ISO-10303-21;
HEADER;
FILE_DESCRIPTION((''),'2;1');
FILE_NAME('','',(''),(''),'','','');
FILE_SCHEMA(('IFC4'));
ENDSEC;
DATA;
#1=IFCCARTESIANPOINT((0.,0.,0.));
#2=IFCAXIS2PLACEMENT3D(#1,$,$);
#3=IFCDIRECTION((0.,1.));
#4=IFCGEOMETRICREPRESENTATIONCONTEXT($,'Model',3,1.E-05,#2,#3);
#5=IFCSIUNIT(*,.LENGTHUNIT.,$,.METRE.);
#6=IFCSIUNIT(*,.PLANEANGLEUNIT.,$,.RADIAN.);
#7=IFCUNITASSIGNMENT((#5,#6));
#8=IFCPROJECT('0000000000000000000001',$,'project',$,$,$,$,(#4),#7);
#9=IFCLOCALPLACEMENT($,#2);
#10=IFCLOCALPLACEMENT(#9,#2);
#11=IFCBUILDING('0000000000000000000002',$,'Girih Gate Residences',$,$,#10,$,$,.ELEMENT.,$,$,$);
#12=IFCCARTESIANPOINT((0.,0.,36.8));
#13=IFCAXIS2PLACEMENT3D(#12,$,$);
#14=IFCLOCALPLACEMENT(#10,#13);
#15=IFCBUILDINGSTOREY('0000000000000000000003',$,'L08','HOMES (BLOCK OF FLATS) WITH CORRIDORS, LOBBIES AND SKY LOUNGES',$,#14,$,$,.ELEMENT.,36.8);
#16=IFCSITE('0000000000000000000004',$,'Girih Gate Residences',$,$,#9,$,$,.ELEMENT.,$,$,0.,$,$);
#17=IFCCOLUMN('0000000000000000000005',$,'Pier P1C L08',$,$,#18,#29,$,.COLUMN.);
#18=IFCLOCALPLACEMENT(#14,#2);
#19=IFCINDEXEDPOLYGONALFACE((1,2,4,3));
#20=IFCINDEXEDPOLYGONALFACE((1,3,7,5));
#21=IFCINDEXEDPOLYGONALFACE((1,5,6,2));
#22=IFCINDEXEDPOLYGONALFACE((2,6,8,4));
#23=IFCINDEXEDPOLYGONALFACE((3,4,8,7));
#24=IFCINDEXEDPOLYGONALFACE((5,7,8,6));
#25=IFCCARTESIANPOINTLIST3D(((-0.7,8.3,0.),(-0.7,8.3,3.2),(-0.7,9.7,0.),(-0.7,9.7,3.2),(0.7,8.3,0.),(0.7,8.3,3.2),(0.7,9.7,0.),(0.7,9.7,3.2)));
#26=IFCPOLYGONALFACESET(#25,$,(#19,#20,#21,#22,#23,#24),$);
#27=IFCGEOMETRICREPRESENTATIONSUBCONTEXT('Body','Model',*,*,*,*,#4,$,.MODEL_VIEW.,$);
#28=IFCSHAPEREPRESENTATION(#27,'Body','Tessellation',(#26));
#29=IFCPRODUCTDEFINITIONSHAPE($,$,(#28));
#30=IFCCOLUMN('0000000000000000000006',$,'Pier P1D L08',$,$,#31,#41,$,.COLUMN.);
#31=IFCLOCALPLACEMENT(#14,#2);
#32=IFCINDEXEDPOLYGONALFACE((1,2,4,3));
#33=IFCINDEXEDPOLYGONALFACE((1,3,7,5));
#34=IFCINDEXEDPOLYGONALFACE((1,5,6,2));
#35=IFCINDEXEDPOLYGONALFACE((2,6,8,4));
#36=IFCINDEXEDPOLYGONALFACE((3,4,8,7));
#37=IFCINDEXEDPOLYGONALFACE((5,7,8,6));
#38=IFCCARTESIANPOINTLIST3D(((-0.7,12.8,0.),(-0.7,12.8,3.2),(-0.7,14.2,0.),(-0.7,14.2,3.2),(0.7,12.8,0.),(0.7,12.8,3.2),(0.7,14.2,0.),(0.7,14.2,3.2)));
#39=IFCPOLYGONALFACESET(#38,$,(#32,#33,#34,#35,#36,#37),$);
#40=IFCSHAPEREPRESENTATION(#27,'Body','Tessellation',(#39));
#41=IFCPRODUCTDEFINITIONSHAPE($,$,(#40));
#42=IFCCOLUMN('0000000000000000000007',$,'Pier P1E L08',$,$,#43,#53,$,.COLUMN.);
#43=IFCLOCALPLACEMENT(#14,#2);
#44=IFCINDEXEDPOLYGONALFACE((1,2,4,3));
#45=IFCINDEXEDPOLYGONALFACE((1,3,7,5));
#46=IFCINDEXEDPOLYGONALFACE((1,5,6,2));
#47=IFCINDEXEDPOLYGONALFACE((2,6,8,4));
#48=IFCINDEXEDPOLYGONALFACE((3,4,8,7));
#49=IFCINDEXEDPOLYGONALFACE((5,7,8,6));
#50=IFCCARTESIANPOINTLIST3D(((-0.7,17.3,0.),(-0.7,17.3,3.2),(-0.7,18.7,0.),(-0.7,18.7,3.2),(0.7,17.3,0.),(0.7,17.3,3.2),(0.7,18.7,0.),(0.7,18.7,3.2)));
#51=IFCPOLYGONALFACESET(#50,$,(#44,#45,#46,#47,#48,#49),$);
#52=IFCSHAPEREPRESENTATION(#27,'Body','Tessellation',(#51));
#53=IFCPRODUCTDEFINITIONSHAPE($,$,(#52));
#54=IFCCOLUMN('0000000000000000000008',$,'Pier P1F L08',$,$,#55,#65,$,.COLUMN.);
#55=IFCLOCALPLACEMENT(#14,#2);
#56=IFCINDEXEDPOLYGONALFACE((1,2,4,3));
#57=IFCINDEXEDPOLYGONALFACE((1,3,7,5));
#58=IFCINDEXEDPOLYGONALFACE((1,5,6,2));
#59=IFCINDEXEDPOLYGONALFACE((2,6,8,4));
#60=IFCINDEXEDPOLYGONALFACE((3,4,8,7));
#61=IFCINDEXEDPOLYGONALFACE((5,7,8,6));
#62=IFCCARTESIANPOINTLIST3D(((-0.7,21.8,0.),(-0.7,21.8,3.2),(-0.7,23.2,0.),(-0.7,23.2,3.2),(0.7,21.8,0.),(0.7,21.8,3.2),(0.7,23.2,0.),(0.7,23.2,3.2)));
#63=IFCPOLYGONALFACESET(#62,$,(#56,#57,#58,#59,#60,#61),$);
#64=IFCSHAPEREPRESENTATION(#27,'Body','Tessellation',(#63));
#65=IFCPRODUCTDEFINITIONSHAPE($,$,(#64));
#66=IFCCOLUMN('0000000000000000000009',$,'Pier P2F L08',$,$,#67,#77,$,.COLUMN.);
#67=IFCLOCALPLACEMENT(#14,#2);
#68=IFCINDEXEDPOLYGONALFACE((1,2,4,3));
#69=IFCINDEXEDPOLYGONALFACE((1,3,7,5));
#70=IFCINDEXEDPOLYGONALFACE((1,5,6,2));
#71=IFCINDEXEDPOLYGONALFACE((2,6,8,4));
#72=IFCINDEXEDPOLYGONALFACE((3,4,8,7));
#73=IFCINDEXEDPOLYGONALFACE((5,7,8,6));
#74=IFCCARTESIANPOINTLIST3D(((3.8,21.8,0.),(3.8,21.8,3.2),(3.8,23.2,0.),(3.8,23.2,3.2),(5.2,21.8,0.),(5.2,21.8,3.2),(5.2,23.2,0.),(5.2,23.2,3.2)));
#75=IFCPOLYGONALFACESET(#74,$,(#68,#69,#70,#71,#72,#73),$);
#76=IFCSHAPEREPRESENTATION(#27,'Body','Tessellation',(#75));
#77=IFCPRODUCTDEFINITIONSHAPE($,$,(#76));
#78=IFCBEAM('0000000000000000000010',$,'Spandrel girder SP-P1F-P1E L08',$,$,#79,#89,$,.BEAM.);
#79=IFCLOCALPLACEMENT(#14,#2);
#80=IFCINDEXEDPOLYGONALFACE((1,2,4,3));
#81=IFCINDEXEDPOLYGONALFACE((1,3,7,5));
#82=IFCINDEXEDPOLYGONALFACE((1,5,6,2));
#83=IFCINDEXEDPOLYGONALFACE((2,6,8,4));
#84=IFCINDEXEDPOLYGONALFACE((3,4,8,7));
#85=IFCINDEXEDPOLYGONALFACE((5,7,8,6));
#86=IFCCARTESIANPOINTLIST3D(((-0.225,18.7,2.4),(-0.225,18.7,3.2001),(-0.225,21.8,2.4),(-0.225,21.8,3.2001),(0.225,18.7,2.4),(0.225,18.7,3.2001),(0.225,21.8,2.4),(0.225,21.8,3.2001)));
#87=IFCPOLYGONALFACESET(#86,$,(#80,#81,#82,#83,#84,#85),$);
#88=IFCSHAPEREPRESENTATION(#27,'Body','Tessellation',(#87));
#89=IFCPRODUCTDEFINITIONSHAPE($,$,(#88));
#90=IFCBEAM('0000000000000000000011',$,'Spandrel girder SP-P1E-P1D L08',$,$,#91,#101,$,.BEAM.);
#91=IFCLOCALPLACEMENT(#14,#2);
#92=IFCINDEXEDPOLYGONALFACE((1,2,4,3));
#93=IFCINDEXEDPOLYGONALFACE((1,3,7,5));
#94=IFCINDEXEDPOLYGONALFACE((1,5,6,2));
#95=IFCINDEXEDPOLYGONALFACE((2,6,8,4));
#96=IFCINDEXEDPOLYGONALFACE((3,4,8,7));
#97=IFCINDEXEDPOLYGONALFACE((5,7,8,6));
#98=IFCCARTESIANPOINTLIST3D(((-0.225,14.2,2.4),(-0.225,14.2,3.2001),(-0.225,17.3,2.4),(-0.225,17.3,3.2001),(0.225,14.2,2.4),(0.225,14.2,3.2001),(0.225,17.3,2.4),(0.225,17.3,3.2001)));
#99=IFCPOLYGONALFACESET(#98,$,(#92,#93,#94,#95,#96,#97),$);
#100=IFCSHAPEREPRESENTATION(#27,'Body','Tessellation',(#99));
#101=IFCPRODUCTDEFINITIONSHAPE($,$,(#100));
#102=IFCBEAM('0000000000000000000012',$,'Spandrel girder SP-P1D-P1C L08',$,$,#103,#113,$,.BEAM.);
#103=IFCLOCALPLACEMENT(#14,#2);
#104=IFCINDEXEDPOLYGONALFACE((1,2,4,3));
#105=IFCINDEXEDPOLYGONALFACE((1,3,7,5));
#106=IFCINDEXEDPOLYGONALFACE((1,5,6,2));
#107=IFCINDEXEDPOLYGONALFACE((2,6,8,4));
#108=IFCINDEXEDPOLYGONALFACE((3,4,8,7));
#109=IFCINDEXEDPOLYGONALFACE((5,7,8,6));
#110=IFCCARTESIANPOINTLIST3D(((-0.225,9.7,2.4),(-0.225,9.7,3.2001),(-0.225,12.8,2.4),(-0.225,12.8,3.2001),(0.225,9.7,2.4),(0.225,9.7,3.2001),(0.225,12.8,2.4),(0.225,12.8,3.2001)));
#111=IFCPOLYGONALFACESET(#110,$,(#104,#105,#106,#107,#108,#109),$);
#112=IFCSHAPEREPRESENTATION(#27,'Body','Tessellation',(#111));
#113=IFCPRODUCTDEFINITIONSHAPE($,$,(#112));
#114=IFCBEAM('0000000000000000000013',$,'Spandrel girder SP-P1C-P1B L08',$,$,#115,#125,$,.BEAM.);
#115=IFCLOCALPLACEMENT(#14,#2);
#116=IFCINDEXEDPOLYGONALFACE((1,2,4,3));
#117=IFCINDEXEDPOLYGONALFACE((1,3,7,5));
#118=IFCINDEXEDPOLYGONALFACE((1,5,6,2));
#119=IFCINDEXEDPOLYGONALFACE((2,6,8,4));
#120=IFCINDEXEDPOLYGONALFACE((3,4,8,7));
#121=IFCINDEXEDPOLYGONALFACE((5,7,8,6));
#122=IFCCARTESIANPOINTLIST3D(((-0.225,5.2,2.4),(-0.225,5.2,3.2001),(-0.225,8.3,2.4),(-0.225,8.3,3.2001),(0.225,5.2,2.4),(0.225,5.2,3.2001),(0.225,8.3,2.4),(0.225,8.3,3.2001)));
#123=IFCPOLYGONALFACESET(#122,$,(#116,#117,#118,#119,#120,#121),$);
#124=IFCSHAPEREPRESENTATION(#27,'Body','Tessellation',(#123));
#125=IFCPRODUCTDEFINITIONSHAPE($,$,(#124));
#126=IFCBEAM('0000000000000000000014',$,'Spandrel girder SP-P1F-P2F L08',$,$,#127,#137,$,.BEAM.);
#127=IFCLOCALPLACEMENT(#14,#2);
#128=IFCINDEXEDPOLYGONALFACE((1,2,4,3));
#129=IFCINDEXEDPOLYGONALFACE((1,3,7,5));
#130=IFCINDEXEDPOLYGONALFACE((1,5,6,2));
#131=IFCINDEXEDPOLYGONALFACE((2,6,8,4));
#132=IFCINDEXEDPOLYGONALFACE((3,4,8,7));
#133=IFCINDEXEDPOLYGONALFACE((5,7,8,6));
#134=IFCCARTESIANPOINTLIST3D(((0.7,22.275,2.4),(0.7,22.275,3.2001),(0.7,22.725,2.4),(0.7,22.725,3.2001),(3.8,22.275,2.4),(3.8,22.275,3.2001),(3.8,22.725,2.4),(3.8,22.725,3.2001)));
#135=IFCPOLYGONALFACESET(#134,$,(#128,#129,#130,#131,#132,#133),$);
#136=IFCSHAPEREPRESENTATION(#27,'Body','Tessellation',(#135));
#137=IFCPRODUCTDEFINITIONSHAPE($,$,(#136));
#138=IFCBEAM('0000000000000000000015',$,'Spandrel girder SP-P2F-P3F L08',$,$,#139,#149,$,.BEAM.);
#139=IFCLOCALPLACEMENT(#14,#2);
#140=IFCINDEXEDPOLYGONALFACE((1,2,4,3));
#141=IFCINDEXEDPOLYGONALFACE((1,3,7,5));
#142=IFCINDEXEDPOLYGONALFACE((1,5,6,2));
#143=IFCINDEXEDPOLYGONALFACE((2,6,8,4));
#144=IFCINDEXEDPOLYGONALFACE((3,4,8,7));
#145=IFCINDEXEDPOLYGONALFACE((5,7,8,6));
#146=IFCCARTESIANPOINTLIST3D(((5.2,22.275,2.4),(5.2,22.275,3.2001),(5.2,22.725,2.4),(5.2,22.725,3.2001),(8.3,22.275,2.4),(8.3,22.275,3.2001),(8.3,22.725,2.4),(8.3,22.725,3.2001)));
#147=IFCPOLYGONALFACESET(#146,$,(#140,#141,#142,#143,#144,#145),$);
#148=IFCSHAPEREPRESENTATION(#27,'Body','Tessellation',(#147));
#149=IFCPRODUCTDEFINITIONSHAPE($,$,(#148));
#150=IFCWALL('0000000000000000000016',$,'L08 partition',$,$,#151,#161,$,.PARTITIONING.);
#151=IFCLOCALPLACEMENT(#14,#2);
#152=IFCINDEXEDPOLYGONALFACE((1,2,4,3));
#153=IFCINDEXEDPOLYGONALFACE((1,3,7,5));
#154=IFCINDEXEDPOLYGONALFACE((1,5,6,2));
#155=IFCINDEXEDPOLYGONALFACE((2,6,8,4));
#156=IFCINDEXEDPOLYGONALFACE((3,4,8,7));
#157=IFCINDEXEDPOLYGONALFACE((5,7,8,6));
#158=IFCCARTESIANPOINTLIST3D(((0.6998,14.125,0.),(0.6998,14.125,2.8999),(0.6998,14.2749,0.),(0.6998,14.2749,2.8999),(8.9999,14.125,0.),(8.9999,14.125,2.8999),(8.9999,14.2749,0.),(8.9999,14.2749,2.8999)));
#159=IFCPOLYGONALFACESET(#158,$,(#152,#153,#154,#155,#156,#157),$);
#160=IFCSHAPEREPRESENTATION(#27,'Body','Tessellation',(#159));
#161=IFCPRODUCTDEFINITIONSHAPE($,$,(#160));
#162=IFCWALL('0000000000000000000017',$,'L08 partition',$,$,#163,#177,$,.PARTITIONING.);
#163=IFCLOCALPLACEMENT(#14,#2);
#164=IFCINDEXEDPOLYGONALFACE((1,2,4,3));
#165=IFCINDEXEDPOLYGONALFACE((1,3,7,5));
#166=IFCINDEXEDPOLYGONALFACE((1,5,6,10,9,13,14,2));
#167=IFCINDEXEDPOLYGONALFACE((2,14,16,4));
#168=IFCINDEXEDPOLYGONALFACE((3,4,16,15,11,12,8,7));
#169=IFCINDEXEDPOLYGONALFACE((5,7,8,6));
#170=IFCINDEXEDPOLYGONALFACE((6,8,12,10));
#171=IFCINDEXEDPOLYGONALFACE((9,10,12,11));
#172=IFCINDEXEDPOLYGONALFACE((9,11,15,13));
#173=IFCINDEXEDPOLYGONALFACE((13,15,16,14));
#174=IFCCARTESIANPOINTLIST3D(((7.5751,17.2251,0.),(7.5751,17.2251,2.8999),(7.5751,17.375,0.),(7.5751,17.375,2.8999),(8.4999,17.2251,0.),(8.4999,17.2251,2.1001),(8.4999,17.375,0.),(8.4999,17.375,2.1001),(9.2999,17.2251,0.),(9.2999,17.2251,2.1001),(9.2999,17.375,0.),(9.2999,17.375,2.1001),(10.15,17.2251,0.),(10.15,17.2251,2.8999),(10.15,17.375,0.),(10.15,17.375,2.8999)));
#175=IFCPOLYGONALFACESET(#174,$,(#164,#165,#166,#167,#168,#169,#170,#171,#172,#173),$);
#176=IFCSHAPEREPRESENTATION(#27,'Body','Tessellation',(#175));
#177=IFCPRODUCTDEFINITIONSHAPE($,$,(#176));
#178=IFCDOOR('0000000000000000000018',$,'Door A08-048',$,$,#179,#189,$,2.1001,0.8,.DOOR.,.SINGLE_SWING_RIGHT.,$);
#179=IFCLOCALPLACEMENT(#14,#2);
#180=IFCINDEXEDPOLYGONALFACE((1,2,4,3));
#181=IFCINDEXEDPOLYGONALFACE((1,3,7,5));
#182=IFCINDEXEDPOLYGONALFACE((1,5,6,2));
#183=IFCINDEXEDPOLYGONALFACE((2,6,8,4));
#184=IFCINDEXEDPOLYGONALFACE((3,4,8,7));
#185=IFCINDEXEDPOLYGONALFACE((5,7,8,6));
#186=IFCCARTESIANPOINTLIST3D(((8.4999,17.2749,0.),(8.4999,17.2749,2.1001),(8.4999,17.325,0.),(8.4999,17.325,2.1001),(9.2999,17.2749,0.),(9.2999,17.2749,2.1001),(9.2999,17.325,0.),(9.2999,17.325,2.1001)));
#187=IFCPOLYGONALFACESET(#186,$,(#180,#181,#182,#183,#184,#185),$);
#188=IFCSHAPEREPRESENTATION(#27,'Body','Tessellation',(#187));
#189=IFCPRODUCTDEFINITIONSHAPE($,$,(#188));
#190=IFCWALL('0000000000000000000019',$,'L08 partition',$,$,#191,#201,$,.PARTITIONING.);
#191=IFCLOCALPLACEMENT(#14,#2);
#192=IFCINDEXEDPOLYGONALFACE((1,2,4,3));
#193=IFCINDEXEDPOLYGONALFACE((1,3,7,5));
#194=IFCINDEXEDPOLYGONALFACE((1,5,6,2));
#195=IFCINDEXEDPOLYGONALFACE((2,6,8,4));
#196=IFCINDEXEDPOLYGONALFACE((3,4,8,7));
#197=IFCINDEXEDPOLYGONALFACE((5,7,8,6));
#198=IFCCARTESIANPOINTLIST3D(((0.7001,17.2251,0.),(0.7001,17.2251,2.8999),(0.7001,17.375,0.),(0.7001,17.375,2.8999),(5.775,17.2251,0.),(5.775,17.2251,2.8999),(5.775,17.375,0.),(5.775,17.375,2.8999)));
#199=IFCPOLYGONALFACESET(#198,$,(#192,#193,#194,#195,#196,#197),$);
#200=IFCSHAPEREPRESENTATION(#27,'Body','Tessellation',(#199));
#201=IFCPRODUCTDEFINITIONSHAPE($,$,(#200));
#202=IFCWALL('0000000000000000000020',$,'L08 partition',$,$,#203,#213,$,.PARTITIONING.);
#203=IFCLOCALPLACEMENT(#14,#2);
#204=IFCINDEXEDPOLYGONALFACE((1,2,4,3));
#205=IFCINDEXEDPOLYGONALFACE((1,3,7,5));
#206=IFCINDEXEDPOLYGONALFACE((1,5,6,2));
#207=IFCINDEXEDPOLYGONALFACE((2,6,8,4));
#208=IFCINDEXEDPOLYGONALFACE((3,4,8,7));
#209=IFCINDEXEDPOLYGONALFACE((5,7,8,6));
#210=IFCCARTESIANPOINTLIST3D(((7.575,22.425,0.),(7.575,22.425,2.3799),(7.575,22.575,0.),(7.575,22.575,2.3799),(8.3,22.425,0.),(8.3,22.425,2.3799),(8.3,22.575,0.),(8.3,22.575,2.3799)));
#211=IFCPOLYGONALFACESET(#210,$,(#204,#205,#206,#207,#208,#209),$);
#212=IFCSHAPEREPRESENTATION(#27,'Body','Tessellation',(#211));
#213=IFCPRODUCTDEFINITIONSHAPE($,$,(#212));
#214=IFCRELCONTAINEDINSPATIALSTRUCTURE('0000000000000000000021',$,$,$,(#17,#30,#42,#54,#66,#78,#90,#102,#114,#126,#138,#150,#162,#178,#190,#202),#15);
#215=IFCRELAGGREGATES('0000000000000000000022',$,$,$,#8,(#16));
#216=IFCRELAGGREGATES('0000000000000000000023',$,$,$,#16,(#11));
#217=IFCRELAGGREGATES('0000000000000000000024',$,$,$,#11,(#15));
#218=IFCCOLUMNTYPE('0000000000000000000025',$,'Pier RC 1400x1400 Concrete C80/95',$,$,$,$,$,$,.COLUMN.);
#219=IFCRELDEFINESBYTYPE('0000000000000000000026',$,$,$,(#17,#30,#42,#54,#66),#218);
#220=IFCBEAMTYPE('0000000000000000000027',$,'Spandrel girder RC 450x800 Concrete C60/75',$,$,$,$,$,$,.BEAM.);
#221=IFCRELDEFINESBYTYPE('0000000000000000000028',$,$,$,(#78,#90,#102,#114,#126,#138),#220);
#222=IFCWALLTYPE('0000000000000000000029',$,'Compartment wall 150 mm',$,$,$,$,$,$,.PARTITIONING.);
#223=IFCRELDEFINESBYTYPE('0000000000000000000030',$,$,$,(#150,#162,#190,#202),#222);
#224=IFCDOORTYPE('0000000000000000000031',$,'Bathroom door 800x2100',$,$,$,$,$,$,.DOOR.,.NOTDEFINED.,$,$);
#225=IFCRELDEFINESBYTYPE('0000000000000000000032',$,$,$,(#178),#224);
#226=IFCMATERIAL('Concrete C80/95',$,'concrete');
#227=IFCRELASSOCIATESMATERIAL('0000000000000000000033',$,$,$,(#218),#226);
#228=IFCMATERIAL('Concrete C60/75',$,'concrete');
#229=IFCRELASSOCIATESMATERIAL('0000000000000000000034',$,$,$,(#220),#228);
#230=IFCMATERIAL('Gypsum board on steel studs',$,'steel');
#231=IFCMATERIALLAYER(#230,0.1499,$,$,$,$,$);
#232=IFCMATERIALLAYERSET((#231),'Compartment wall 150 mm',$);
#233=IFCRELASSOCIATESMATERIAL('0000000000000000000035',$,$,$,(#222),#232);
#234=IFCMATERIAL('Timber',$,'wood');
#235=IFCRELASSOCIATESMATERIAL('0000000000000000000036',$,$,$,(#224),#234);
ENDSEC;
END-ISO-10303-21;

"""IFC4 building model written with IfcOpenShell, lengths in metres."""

from ifc_helpers import new_model, si_unit, direction, frame, frame_2d, origin, origin_2d, place, context, subcontext, project, spatial, rectangle, extrude, material, layer, layer_set, material_profile, profile_set, type_object, element, fill, save


model = new_model("IFC4")

# Units and contexts
model_context = context("Model", 3, precision=1e-05, world=origin(), true_north=direction((0.0, 1.0)))
body_context = subcontext(model_context, "Body", "Model", "MODEL_VIEW")
ifc_project = project(units=[si_unit("LENGTHUNIT", "METRE"), si_unit("PLANEANGLEUNIT", "RADIAN")], contexts=[model_context])

# Site, building, storey
site_placement = place(None, origin())
site = spatial("IfcSite", under=ifc_project, at=site_placement, Name="Girih Gate Residences", CompositionType="ELEMENT", RefElevation=0.0)
building_placement = place(site_placement, origin())
building = spatial("IfcBuilding", under=site, at=building_placement, Name="Girih Gate Residences", CompositionType="ELEMENT")
storey_placement = place(building_placement, frame((0.0, 0.0, 36.8)))
storey = spatial("IfcBuildingStorey", under=building, at=storey_placement, Name="L08", Description="HOMES (BLOCK OF FLATS) WITH CORRIDORS, LOBBIES AND SKY LOUNGES", CompositionType="ELEMENT", Elevation=36.8)

# Columns
ifc_material_1 = material(Name="Concrete C80/95", Category="concrete")
ifc_material_profile_1 = material_profile(ifc_material_1, rectangle(XDim=1.3999, YDim=1.3999, at=origin_2d()))
ifc_profile_set_1 = profile_set([ifc_material_profile_1], Name="Concrete C80/95")
column_type = type_object("IfcColumnType", Name="Pier RC 1400x1400 Concrete C80/95", PredefinedType="COLUMN", material=ifc_profile_set_1)
for number, where, z_axis, x_axis, name in (
    (1, (0.0, 9.0, 0.0), (0.0, 0.0, 1.0), (1.0, 0.0, 0.0), "Pier P1C L08"),
    (2, (0.0, 13.5, 0.0), (0.0, 0.0, 1.0), (1.0, 0.0, 0.0), "Pier P1D L08"),
    (3, (0.0, 18.0, 0.0), (0.0, 0.0, 1.0), (1.0, 0.0, 0.0), "Pier P1E L08"),
    (4, (0.0, 22.5, 0.0), (0.0, 0.0, 1.0), (1.0, 0.0, 0.0), "Pier P1F L08"),
    (5, (4.5, 22.5, 0.0), (0.0, 0.0, 1.0), (1.0, 0.0, 0.0), "Pier P2F L08"),
):
    element("IfcColumn", number, at=place(storey_placement, frame(where, z_axis=z_axis, x_axis=x_axis)), inside=storey, type_object=column_type, Name=name, PredefinedType="COLUMN", context=body_context, shape_type="SweptSolid", body=[
        extrude(rectangle(XDim=1.3999, YDim=1.3999, at=origin_2d()), origin(), (0.0, 0.0, 1.0), 3.2),
    ])

# Beams
ifc_material_2 = material(Name="Concrete C60/75", Category="concrete")
ifc_material_profile_2 = material_profile(ifc_material_2, rectangle(XDim=0.45, YDim=0.8, at=origin_2d()))
ifc_profile_set_2 = profile_set([ifc_material_profile_2], Name="Concrete C60/75")
beam_type = type_object("IfcBeamType", Name="Spandrel girder RC 450x800 Concrete C60/75", PredefinedType="BEAM", material=ifc_profile_set_2)
for number, where, z_axis, x_axis, name in (
    (6, (0.0, 21.8, 2.8), (0.0, -1.0, 0.0), (1.0, 0.0, 0.0), "Spandrel girder SP-P1F-P1E L08"),
    (7, (0.0, 17.3, 2.8), (0.0, -1.0, 0.0), (1.0, 0.0, 0.0), "Spandrel girder SP-P1E-P1D L08"),
    (8, (0.0, 12.8, 2.8), (0.0, -1.0, 0.0), (1.0, 0.0, 0.0), "Spandrel girder SP-P1D-P1C L08"),
    (9, (0.0, 8.3, 2.8), (0.0, -1.0, 0.0), (1.0, 0.0, 0.0), "Spandrel girder SP-P1C-P1B L08"),
    (10, (0.7, 22.5, 2.8), (1.0, 0.0, 0.0), (0.0, 1.0, 0.0), "Spandrel girder SP-P1F-P2F L08"),
    (11, (5.2, 22.5, 2.8), (1.0, 0.0, 0.0), (0.0, 1.0, 0.0), "Spandrel girder SP-P2F-P3F L08"),
):
    element("IfcBeam", number, at=place(storey_placement, frame(where, z_axis=z_axis, x_axis=x_axis)), inside=storey, type_object=beam_type, Name=name, PredefinedType="BEAM", context=body_context, shape_type="SweptSolid", body=[
        extrude(rectangle(XDim=0.45, YDim=0.8, at=origin_2d()), origin(), (0.0, 0.0, 1.0), 3.1001),
    ])

# Wall
ifc_material_3 = material(Name="Gypsum board on steel studs", Category="steel")
ifc_layer_1 = layer(ifc_material_3, 0.1499)
ifc_layer_set_1 = layer_set([ifc_layer_1], Name="Compartment wall 150 mm")
wall_type_1 = type_object("IfcWallType", Name="Compartment wall 150 mm", PredefinedType="PARTITIONING", material=ifc_layer_set_1)
wall_1_placement = place(storey_placement, frame((0.7, 14.2, 0.0), z_axis=(0.0, 0.0, 1.0), x_axis=(1.0, 0.0, 0.0)))
element("IfcWall", 12, at=wall_1_placement, inside=storey, type_object=wall_type_1, Name="L08 partition", PredefinedType="PARTITIONING", context=body_context, shape_type="SweptSolid", body=[
    extrude(rectangle(XDim=8.3, YDim=0.1499, at=frame_2d((4.1499, 0.0))), origin(), (0.0, 0.0, 1.0), 2.8999),
])

# Wall, opening, door
wall_2_placement = place(storey_placement, frame((7.575, 17.3, 0.0), z_axis=(0.0, 0.0, 1.0), x_axis=(1.0, 0.0, 0.0)))
wall_2 = element("IfcWall", 13, at=wall_2_placement, inside=storey, type_object=wall_type_1, Name="L08 partition", PredefinedType="PARTITIONING", context=body_context, shape_type="SweptSolid", body=[
    extrude(rectangle(XDim=2.575, YDim=0.1499, at=frame_2d((1.2876, 0.0))), origin(), (0.0, 0.0, 1.0), 2.8999),
])
opening_1_placement = place(wall_2_placement, frame((0.925, 0.0, 0.0)))
opening_1 = element("IfcOpeningElement", 14, at=opening_1_placement, cuts=wall_2, PredefinedType="OPENING", context=body_context, shape_type="SweptSolid", body=[
    extrude(rectangle(XDim=0.8, YDim=2.1001, at=frame_2d((0.3999, 1.05))), frame((0.0, 0.085, 0.0), z_axis=(0.0, -1.0, 0.0), x_axis=(1.0, 0.0, 0.0)), (0.0, 0.0, 1.0), 0.1699),
])
ifc_material_4 = material(Name="Timber", Category="wood")
door_type_1 = type_object("IfcDoorType", Name="Bathroom door 800x2100", OperationType="NOTDEFINED", PredefinedType="DOOR", material=ifc_material_4)
door_1_placement = place(opening_1_placement, origin())
door_1 = element("IfcDoor", 15, at=door_1_placement, inside=storey, type_object=door_type_1, Name="Door A08-048", OperationType="SINGLE_SWING_RIGHT", OverallHeight=2.1001, OverallWidth=0.8, PredefinedType="DOOR", context=body_context, shape_type="SweptSolid", body=[
    extrude(rectangle(XDim=0.8, YDim=2.1001, at=frame_2d((0.3999, 1.05))), frame((0.0, 0.0249, 0.0), z_axis=(0.0, -1.0, 0.0), x_axis=(1.0, 0.0, 0.0)), (0.0, 0.0, 1.0), 0.05),
])
fill(opening_1, door_1)

# Walls
wall_3_placement = place(storey_placement, frame((0.7, 17.3, 0.0), z_axis=(0.0, 0.0, 1.0), x_axis=(1.0, 0.0, 0.0)))
element("IfcWall", 16, at=wall_3_placement, inside=storey, type_object=wall_type_1, Name="L08 partition", PredefinedType="PARTITIONING", context=body_context, shape_type="SweptSolid", body=[
    extrude(rectangle(XDim=5.075, YDim=0.1499, at=frame_2d((2.5376, 0.0))), origin(), (0.0, 0.0, 1.0), 2.8999),
])
wall_4_placement = place(storey_placement, frame((7.575, 22.5, 0.0), z_axis=(0.0, 0.0, 1.0), x_axis=(1.0, 0.0, 0.0)))
element("IfcWall", 17, at=wall_4_placement, inside=storey, type_object=wall_type_1, Name="L08 partition", PredefinedType="PARTITIONING", context=body_context, shape_type="SweptSolid", body=[
    extrude(rectangle(XDim=0.7251, YDim=0.1499, at=frame_2d((0.3625, 0.0))), origin(), (0.0, 0.0, 1.0), 2.3799),
])

save(model, "model.ifc")
